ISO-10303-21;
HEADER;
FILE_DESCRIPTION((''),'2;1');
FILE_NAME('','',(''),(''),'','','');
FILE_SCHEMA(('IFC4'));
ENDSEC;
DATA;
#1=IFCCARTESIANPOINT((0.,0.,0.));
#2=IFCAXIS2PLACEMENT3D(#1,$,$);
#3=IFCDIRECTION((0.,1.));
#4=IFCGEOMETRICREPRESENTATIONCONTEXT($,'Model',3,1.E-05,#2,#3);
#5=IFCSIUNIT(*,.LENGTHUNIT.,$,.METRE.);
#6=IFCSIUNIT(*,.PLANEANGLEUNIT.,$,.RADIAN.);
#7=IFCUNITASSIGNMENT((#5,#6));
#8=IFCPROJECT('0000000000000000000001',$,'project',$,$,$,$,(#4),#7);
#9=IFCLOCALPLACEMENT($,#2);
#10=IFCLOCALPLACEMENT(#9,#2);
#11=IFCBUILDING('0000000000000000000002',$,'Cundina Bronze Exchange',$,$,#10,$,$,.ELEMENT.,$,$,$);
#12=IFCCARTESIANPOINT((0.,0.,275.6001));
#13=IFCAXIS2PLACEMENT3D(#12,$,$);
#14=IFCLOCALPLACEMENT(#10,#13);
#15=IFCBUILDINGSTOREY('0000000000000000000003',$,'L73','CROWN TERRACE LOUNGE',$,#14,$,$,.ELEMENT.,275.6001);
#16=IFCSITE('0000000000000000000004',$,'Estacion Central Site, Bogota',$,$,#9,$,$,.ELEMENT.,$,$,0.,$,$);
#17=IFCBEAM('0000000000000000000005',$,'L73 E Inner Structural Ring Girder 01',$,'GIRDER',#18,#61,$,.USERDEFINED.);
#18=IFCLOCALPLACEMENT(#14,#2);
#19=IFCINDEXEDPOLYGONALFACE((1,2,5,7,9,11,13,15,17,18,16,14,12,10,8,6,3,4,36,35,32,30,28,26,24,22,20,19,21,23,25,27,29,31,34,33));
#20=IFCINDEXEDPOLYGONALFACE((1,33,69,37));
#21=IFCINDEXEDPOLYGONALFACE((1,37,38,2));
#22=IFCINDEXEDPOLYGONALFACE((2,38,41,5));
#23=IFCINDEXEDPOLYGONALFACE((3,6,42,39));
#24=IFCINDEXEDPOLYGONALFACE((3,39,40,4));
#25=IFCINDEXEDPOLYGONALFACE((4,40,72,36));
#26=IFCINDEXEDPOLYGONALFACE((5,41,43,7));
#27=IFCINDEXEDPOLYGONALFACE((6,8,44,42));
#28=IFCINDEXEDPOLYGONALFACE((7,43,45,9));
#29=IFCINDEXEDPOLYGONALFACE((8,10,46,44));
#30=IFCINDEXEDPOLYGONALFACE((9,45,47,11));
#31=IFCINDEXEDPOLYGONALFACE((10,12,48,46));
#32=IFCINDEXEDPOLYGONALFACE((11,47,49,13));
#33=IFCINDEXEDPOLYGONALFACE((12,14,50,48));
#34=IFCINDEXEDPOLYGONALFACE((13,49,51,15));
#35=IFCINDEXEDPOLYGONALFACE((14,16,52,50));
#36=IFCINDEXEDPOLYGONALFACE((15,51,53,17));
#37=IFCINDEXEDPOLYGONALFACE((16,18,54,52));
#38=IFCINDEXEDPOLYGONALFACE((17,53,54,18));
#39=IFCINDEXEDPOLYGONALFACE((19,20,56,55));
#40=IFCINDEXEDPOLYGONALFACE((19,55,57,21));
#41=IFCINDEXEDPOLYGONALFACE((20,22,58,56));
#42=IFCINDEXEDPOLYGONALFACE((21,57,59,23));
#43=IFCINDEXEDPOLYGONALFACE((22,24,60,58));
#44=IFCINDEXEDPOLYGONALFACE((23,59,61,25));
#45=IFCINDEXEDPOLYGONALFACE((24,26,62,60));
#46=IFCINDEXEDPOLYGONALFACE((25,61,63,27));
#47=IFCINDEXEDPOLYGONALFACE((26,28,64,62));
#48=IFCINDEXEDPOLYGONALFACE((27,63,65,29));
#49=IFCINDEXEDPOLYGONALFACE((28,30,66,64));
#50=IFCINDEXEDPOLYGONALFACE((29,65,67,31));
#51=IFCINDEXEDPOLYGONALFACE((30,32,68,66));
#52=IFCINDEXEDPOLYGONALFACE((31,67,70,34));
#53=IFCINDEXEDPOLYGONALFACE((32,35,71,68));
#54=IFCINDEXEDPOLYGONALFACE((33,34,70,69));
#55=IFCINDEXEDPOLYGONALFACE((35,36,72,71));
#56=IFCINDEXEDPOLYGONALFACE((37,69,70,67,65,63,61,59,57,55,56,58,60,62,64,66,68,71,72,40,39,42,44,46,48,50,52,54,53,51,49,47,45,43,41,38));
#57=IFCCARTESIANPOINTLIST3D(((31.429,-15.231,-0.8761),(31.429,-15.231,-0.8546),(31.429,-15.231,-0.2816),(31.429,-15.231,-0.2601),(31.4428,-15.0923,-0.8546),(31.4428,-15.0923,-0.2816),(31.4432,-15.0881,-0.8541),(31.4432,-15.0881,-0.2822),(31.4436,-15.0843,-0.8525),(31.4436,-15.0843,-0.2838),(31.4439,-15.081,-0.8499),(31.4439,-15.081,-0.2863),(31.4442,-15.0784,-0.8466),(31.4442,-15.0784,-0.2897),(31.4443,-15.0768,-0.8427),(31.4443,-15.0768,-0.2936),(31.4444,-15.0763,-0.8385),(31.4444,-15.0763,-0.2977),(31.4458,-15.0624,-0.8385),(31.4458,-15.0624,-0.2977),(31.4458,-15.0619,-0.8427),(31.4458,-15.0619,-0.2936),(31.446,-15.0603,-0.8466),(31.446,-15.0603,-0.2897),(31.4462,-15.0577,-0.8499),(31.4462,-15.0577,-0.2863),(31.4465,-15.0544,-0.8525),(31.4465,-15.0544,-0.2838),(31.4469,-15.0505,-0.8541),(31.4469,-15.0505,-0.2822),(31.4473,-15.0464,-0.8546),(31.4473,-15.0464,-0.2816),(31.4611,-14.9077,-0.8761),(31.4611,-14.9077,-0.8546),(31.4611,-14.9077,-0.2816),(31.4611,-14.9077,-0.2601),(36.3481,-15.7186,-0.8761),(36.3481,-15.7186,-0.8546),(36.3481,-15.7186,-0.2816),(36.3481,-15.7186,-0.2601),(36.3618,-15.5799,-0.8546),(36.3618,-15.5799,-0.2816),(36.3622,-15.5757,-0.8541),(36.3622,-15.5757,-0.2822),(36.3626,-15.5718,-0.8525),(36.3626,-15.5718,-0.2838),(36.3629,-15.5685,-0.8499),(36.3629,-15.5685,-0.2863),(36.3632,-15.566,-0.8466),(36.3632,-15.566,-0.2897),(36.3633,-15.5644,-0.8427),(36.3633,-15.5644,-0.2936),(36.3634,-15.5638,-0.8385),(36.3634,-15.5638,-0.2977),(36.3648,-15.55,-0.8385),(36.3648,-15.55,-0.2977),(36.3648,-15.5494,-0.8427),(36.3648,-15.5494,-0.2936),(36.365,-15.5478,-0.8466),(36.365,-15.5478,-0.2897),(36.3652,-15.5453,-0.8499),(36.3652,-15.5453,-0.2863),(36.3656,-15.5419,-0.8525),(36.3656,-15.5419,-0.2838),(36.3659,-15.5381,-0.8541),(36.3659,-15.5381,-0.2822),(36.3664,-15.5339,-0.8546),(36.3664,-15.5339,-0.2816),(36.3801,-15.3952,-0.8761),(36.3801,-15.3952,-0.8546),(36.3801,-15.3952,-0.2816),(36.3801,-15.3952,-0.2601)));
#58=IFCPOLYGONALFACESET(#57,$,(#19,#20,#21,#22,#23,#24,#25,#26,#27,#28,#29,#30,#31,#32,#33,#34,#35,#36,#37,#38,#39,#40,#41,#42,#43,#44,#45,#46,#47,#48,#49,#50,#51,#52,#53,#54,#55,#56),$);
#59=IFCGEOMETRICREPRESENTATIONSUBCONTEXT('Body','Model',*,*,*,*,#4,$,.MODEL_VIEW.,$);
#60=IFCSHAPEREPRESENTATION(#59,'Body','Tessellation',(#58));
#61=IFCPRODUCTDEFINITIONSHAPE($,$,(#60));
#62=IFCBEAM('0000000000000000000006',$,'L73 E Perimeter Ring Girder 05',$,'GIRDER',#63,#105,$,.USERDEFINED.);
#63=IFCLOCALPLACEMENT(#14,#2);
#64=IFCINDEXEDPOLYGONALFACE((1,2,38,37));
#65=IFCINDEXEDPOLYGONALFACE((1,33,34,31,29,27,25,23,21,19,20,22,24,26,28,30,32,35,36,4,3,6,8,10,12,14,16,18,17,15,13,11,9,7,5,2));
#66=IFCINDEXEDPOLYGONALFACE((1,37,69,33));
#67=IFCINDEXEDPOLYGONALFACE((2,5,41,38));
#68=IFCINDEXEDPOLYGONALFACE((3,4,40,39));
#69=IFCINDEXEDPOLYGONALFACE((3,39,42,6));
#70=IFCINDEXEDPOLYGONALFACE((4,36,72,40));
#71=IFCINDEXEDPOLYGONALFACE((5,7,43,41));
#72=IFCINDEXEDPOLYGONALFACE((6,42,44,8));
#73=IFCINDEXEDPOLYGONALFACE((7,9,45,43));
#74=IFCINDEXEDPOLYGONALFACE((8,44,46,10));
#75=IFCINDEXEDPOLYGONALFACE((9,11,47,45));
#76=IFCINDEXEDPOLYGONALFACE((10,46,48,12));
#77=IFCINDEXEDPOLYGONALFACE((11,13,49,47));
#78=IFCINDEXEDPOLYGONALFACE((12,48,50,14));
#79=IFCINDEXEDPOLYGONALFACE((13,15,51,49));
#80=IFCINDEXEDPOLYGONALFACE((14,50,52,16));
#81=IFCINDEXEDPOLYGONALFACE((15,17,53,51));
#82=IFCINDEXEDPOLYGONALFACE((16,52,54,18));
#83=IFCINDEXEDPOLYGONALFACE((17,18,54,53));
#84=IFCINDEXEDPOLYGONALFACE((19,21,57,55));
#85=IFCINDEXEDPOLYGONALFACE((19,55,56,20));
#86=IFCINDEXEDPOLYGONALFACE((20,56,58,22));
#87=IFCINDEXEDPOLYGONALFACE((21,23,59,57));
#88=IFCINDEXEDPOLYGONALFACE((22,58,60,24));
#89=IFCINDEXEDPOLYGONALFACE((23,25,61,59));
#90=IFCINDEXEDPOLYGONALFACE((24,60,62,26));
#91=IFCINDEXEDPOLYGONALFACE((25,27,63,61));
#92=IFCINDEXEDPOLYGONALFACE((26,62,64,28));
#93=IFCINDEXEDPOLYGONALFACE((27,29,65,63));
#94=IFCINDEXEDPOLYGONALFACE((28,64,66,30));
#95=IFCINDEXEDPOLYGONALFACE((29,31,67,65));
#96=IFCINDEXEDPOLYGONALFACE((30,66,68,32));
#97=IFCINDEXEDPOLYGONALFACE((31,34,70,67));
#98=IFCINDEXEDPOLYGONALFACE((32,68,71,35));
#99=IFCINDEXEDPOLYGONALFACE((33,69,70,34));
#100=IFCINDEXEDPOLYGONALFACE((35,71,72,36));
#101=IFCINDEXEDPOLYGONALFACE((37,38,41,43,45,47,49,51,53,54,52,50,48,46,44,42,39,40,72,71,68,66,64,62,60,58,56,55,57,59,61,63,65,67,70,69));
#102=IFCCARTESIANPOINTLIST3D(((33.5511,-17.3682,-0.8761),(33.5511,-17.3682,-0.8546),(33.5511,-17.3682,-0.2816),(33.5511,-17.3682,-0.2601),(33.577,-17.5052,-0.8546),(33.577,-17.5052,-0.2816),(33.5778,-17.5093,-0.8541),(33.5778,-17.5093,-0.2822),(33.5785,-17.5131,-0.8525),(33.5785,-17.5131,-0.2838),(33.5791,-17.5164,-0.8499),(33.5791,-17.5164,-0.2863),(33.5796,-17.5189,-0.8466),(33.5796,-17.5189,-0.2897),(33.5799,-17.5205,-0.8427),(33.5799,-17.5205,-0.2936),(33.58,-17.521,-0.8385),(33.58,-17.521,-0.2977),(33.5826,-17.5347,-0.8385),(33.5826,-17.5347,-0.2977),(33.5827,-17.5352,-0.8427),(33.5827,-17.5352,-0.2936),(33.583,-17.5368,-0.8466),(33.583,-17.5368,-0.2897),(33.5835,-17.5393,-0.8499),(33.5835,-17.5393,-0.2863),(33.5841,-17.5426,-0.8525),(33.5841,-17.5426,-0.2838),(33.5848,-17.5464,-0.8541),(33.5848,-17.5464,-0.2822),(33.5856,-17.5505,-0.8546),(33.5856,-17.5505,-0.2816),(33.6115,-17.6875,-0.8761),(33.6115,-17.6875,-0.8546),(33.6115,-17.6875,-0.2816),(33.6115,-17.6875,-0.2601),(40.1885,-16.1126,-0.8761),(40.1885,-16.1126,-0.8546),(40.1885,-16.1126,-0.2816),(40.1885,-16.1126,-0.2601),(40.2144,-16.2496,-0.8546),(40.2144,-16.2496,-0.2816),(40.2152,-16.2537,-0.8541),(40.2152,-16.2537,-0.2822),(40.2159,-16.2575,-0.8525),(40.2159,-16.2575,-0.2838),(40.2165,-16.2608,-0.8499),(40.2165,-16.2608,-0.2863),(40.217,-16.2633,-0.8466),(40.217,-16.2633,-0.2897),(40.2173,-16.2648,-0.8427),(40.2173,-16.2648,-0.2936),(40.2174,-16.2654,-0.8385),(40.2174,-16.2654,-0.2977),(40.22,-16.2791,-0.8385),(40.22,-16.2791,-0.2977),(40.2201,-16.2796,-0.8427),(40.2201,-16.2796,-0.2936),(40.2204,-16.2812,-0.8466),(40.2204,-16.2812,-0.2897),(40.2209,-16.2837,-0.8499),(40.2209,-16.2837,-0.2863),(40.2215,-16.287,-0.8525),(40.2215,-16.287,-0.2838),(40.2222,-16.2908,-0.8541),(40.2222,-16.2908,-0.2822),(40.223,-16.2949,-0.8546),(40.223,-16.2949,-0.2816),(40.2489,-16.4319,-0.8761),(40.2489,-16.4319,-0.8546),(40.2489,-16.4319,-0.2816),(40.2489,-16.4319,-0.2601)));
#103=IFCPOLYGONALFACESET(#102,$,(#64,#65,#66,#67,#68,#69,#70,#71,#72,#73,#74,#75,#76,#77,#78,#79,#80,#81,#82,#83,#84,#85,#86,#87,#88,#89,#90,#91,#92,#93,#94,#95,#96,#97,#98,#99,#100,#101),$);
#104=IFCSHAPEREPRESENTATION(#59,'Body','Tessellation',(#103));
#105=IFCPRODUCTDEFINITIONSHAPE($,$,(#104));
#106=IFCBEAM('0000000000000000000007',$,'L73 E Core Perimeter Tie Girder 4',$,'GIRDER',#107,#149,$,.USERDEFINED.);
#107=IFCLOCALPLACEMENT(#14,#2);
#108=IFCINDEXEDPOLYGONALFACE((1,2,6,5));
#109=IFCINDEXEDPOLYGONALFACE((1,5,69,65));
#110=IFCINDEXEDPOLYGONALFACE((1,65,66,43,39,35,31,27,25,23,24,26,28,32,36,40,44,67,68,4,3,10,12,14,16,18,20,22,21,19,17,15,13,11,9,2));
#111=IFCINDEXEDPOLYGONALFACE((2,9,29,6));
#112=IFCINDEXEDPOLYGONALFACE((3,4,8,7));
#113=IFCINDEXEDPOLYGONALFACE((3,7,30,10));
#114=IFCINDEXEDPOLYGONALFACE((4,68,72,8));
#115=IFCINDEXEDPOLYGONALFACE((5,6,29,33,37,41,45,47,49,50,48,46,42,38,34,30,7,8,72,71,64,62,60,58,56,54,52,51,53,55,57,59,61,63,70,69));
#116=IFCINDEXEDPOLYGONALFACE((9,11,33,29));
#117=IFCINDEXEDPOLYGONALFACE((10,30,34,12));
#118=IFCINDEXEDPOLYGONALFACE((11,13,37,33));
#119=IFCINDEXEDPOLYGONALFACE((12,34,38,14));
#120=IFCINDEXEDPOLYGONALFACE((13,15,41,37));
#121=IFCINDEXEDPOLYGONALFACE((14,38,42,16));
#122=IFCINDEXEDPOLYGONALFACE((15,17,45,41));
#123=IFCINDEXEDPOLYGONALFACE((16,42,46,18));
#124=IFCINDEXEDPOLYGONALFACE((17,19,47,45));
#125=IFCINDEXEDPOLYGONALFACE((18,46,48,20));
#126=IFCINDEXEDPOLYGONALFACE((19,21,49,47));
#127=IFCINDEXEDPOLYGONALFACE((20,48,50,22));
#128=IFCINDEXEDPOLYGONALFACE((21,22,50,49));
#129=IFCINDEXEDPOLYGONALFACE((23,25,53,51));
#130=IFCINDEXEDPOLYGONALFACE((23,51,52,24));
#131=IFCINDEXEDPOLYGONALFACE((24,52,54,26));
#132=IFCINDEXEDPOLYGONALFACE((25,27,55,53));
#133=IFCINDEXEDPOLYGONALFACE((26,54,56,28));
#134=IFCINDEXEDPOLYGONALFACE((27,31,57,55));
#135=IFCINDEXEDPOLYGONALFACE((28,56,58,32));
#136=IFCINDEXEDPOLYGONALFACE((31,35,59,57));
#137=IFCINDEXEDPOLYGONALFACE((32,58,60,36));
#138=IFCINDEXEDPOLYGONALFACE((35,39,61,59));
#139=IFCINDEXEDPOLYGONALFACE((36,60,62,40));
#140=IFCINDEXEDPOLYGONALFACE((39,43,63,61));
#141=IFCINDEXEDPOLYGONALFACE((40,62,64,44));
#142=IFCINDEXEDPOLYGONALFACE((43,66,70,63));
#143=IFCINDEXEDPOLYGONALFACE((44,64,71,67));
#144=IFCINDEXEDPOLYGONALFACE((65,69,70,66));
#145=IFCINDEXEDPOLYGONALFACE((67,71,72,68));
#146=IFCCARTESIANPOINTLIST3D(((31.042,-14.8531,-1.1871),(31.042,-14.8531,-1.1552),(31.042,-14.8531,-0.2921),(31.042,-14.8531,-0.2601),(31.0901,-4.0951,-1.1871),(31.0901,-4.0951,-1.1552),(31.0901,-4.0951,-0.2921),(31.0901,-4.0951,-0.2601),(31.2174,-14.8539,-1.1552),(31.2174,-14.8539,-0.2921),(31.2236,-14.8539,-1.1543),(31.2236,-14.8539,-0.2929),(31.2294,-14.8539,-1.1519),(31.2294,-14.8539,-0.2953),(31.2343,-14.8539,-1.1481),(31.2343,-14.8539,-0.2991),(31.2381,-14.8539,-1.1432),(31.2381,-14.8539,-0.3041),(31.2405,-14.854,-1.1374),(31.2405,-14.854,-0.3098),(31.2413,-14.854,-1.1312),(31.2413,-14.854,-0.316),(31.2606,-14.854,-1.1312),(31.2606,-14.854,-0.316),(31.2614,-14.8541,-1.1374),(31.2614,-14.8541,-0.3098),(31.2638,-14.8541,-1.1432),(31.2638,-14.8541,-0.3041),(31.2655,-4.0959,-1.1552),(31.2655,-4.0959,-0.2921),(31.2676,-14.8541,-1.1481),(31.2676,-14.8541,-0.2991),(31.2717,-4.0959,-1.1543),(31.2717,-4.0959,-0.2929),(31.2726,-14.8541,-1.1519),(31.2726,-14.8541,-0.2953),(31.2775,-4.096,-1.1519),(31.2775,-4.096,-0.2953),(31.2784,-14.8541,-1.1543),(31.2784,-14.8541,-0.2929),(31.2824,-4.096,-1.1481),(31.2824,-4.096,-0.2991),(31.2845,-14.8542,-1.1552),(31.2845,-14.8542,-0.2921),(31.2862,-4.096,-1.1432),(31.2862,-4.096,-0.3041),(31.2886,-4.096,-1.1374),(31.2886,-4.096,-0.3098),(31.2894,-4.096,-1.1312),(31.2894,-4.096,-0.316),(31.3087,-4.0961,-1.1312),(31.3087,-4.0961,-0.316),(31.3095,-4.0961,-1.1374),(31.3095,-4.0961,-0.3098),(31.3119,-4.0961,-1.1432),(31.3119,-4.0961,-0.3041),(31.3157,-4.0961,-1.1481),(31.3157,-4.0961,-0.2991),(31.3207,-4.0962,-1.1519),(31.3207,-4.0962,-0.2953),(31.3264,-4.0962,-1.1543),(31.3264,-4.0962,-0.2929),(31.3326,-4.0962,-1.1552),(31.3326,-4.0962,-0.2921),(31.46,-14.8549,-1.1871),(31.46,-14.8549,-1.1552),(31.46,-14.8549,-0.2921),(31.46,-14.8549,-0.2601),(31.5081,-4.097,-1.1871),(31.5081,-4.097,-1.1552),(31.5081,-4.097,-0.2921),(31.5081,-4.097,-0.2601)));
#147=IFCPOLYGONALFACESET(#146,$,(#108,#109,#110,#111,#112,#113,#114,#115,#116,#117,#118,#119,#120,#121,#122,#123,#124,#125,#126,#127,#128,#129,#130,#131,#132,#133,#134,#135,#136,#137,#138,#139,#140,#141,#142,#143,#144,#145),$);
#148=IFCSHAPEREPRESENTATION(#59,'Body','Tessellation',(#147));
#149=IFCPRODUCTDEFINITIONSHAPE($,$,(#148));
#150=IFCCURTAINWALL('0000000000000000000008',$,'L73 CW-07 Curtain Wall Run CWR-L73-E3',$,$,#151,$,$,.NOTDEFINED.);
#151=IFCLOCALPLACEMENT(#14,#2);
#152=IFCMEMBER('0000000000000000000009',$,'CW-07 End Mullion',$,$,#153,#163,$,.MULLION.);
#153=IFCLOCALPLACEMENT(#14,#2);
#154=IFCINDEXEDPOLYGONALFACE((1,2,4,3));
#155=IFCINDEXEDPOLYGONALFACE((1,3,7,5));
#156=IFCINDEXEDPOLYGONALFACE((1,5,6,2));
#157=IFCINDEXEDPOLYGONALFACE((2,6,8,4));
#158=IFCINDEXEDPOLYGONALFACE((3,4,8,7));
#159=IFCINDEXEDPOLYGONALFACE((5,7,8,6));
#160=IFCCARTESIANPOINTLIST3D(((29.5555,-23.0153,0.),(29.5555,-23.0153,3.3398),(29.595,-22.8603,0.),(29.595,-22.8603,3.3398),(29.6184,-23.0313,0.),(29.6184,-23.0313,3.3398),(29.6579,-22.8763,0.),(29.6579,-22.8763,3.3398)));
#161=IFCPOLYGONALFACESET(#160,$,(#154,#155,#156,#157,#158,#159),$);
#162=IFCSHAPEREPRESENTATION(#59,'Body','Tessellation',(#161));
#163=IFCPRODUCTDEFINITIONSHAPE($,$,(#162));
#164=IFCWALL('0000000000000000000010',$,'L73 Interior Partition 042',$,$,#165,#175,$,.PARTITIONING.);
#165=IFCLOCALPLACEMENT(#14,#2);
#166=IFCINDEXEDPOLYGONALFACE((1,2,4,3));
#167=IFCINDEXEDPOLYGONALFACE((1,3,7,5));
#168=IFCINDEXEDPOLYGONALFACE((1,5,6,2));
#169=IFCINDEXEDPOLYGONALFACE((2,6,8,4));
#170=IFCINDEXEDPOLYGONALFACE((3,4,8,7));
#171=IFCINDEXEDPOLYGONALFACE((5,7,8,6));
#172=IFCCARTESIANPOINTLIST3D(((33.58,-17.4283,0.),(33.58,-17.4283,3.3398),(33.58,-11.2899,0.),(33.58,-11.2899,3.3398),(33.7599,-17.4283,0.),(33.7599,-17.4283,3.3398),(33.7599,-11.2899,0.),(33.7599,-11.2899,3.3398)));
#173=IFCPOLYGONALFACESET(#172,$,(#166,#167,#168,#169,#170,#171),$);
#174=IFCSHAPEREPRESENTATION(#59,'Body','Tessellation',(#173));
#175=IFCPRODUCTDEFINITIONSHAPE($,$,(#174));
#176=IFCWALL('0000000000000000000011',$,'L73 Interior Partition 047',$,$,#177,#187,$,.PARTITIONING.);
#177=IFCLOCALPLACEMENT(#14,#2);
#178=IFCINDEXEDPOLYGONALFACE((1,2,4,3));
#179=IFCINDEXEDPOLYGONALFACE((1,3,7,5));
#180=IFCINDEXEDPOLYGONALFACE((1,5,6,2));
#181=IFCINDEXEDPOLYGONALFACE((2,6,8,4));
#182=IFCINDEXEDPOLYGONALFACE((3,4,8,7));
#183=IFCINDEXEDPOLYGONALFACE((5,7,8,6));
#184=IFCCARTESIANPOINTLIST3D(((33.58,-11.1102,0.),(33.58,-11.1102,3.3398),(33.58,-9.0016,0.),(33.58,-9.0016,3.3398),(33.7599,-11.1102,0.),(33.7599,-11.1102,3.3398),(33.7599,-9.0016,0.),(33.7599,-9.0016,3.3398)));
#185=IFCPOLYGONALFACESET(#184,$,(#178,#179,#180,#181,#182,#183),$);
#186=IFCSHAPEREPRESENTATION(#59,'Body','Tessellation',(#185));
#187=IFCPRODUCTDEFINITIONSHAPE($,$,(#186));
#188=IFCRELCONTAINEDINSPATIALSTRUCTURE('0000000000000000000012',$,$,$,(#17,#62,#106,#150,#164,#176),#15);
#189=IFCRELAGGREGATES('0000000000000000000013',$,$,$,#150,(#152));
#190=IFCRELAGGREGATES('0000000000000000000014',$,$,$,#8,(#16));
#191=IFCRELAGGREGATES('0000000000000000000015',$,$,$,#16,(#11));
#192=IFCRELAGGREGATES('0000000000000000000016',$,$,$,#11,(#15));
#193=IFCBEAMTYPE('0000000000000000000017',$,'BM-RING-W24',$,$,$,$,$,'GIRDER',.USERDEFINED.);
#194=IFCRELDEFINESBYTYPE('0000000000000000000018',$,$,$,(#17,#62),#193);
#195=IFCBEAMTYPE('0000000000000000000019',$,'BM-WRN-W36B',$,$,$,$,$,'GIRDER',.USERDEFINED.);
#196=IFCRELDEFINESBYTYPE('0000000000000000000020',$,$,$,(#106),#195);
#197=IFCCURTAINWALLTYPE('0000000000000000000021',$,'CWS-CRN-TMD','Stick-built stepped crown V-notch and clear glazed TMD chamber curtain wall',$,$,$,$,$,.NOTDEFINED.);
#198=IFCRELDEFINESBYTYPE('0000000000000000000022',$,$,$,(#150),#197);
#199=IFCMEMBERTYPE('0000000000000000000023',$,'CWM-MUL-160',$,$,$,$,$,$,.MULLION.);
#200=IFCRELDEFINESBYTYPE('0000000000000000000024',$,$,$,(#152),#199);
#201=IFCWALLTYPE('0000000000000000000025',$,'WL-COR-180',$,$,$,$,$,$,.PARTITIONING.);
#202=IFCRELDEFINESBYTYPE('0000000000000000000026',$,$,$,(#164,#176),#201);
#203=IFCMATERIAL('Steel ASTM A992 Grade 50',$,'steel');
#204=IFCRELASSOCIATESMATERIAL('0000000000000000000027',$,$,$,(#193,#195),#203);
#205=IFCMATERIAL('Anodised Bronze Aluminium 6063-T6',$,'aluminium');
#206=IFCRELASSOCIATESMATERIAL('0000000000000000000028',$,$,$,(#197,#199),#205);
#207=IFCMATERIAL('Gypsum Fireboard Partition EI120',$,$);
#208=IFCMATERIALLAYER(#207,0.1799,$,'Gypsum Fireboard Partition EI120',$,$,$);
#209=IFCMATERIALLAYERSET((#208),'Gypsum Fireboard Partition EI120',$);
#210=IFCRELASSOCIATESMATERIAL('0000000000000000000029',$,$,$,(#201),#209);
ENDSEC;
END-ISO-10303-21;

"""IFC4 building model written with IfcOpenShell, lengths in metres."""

from ifc_helpers import new_model, si_unit, direction, frame, frame_2d, origin, origin_2d, place, context, subcontext, project, spatial, rectangle, i_section, extrude, material, layer, layer_set, material_profile, profile_set, type_object, element, aggregate, save


model = new_model("IFC4")

# Units and contexts
model_context = context("Model", 3, precision=1e-05, world=origin(), true_north=direction((0.0, 1.0)))
body_context = subcontext(model_context, "Body", "Model", "MODEL_VIEW")
ifc_project = project(units=[si_unit("LENGTHUNIT", "METRE"), si_unit("PLANEANGLEUNIT", "RADIAN")], contexts=[model_context])

# Site, building, storey
site_placement = place(None, origin())
site = spatial("IfcSite", under=ifc_project, at=site_placement, Name="Estacion Central Site, Bogota", CompositionType="ELEMENT", RefElevation=0.0)
building_placement = place(site_placement, origin())
building = spatial("IfcBuilding", under=site, at=building_placement, Name="Cundina Bronze Exchange", CompositionType="ELEMENT")
storey_placement = place(building_placement, frame((0.0, 0.0, 275.6001)))
storey = spatial("IfcBuildingStorey", under=building, at=storey_placement, Name="L73", Description="CROWN TERRACE LOUNGE", CompositionType="ELEMENT", Elevation=275.6001)

# Shared definitions
ifc_material_1 = material(Name="Steel ASTM A992 Grade 50", Category="steel")

# Beams
ifc_material_profile_1 = material_profile(ifc_material_1, i_section(OverallWidth=0.325, OverallDepth=0.616, WebThickness=0.0139, FlangeThickness=0.0215, FilletRadius=0.0161, at=origin_2d()), Name="W24X117", Category="steel")
ifc_profile_set_1 = profile_set([ifc_material_profile_1], Name="Steel ASTM A992 Grade 50")
beam_type_1 = type_object("IfcBeamType", Name="BM-RING-W24", ElementType="GIRDER", PredefinedType="USERDEFINED", material=ifc_profile_set_1)
beam_1_placement = place(storey_placement, frame((31.4451, -15.0693, -0.5681), z_axis=(0.995124, -0.098633, 0.0), x_axis=(0.098633, 0.995124, 0.0)))
element("IfcBeam", 1, at=beam_1_placement, inside=storey, type_object=beam_type_1, Name="L73 E Inner Structural Ring Girder 01", ObjectType="GIRDER", PredefinedType="USERDEFINED", context=body_context, shape_type="SweptSolid", body=[
    extrude(i_section(OverallWidth=0.325, OverallDepth=0.616, WebThickness=0.0139, FlangeThickness=0.0215, FilletRadius=0.0161, at=origin_2d()), origin(), (0.0, 0.0, 1.0), 4.9431),
])
beam_2_placement = place(storey_placement, frame((33.5813, -17.5278, -0.5681), z_axis=(0.982573, 0.185875, 0.0), x_axis=(-0.185875, 0.982573, 0.0)))
element("IfcBeam", 2, at=beam_2_placement, inside=storey, type_object=beam_type_1, Name="L73 E Perimeter Ring Girder 05", ObjectType="GIRDER", PredefinedType="USERDEFINED", context=body_context, shape_type="SweptSolid", body=[
    extrude(i_section(OverallWidth=0.325, OverallDepth=0.616, WebThickness=0.0139, FlangeThickness=0.0215, FilletRadius=0.0161, at=origin_2d()), origin(), (0.0, 0.0, 1.0), 6.7551),
])
ifc_material_profile_2 = material_profile(ifc_material_1, i_section(OverallWidth=0.418, OverallDepth=0.927, WebThickness=0.0193, FlangeThickness=0.032, FilletRadius=0.0239, at=origin_2d()), Name="W36X231", Category="steel")
ifc_profile_set_2 = profile_set([ifc_material_profile_2], Name="Steel ASTM A992 Grade 50")
beam_type_2 = type_object("IfcBeamType", Name="BM-WRN-W36B", ElementType="GIRDER", PredefinedType="USERDEFINED", material=ifc_profile_set_2)
beam_3_placement = place(storey_placement, frame((31.251, -14.854, -0.7236), z_axis=(0.004471, 0.99999, 0.0), x_axis=(-0.99999, 0.004471, 0.0)))
element("IfcBeam", 3, at=beam_3_placement, inside=storey, type_object=beam_type_2, Name="L73 E Core Perimeter Tie Girder 4", ObjectType="GIRDER", PredefinedType="USERDEFINED", context=body_context, shape_type="SweptSolid", body=[
    extrude(i_section(OverallWidth=0.418, OverallDepth=0.927, WebThickness=0.0193, FlangeThickness=0.032, FilletRadius=0.0239, at=origin_2d()), origin(), (0.0, 0.0, 1.0), 10.7581),
])

# Curtain wall, member
ifc_material_2 = material(Name="Anodised Bronze Aluminium 6063-T6", Category="aluminium")
curtain_wall_type = type_object("IfcCurtainWallType", Name="CWS-CRN-TMD", Description="Stick-built stepped crown V-notch and clear glazed TMD chamber curtain wall", PredefinedType="NOTDEFINED", material=ifc_material_2)
curtain_wall_placement = place(storey_placement, origin())
curtain_wall = element("IfcCurtainWall", 4, at=curtain_wall_placement, inside=storey, type_object=curtain_wall_type, Name="L73 CW-07 Curtain Wall Run CWR-L73-E3", PredefinedType="NOTDEFINED")
ifc_material_profile_3 = material_profile(ifc_material_2, rectangle(XDim=0.0649, YDim=0.1599, at=origin_2d()), Name="AL65X160", Category="aluminium")
ifc_profile_set_3 = profile_set([ifc_material_profile_3], Name="Anodised Bronze Aluminium 6063-T6")
member_type = type_object("IfcMemberType", Name="CWM-MUL-160", PredefinedType="MULLION", material=ifc_profile_set_3)
member_placement = place(storey_placement, frame((29.6067, -22.9458, 0.0), z_axis=(0.0, 0.0, 1.0), x_axis=(0.969059, -0.24683, 0.0)))
member = element("IfcMember", 5, at=member_placement, type_object=member_type, Name="CW-07 End Mullion", PredefinedType="MULLION", context=body_context, shape_type="SweptSolid", body=[
    extrude(rectangle(XDim=0.0649, YDim=0.1599, at=origin_2d()), origin(), (0.0, 0.0, 1.0), 3.3398),
])
aggregate(curtain_wall, [member])

# Shared definitions
ifc_material_3 = material(Name="Gypsum Fireboard Partition EI120")
ifc_layer_1 = layer(ifc_material_3, 0.1799, Name="Gypsum Fireboard Partition EI120")
ifc_layer_set_1 = layer_set([ifc_layer_1], Name="Gypsum Fireboard Partition EI120")
wall_type_1 = type_object("IfcWallType", Name="WL-COR-180", PredefinedType="PARTITIONING", material=ifc_layer_set_1)

# Walls
wall_1_placement = place(storey_placement, frame((33.6699, -17.4285, 0.0), z_axis=(0.0, 0.0, 1.0), x_axis=(0.0, 1.0, 0.0)))
element("IfcWall", 6, at=wall_1_placement, inside=storey, type_object=wall_type_1, Name="L73 Interior Partition 042", PredefinedType="PARTITIONING", context=body_context, shape_type="SweptSolid", body=[
    extrude(rectangle(XDim=6.1384, YDim=0.1799, at=frame_2d((3.0693, 0.0))), origin(), (0.0, 0.0, 1.0), 3.3398),
])
wall_2_placement = place(storey_placement, frame((33.6699, -11.1101, 0.0), z_axis=(0.0, 0.0, 1.0), x_axis=(0.0, 1.0, 0.0)))
element("IfcWall", 7, at=wall_2_placement, inside=storey, type_object=wall_type_1, Name="L73 Interior Partition 047", PredefinedType="PARTITIONING", context=body_context, shape_type="SweptSolid", body=[
    extrude(rectangle(XDim=2.1086, YDim=0.1799, at=frame_2d((1.0542, 0.0))), origin(), (0.0, 0.0, 1.0), 3.3398),
])

save(model, "model.ifc")
